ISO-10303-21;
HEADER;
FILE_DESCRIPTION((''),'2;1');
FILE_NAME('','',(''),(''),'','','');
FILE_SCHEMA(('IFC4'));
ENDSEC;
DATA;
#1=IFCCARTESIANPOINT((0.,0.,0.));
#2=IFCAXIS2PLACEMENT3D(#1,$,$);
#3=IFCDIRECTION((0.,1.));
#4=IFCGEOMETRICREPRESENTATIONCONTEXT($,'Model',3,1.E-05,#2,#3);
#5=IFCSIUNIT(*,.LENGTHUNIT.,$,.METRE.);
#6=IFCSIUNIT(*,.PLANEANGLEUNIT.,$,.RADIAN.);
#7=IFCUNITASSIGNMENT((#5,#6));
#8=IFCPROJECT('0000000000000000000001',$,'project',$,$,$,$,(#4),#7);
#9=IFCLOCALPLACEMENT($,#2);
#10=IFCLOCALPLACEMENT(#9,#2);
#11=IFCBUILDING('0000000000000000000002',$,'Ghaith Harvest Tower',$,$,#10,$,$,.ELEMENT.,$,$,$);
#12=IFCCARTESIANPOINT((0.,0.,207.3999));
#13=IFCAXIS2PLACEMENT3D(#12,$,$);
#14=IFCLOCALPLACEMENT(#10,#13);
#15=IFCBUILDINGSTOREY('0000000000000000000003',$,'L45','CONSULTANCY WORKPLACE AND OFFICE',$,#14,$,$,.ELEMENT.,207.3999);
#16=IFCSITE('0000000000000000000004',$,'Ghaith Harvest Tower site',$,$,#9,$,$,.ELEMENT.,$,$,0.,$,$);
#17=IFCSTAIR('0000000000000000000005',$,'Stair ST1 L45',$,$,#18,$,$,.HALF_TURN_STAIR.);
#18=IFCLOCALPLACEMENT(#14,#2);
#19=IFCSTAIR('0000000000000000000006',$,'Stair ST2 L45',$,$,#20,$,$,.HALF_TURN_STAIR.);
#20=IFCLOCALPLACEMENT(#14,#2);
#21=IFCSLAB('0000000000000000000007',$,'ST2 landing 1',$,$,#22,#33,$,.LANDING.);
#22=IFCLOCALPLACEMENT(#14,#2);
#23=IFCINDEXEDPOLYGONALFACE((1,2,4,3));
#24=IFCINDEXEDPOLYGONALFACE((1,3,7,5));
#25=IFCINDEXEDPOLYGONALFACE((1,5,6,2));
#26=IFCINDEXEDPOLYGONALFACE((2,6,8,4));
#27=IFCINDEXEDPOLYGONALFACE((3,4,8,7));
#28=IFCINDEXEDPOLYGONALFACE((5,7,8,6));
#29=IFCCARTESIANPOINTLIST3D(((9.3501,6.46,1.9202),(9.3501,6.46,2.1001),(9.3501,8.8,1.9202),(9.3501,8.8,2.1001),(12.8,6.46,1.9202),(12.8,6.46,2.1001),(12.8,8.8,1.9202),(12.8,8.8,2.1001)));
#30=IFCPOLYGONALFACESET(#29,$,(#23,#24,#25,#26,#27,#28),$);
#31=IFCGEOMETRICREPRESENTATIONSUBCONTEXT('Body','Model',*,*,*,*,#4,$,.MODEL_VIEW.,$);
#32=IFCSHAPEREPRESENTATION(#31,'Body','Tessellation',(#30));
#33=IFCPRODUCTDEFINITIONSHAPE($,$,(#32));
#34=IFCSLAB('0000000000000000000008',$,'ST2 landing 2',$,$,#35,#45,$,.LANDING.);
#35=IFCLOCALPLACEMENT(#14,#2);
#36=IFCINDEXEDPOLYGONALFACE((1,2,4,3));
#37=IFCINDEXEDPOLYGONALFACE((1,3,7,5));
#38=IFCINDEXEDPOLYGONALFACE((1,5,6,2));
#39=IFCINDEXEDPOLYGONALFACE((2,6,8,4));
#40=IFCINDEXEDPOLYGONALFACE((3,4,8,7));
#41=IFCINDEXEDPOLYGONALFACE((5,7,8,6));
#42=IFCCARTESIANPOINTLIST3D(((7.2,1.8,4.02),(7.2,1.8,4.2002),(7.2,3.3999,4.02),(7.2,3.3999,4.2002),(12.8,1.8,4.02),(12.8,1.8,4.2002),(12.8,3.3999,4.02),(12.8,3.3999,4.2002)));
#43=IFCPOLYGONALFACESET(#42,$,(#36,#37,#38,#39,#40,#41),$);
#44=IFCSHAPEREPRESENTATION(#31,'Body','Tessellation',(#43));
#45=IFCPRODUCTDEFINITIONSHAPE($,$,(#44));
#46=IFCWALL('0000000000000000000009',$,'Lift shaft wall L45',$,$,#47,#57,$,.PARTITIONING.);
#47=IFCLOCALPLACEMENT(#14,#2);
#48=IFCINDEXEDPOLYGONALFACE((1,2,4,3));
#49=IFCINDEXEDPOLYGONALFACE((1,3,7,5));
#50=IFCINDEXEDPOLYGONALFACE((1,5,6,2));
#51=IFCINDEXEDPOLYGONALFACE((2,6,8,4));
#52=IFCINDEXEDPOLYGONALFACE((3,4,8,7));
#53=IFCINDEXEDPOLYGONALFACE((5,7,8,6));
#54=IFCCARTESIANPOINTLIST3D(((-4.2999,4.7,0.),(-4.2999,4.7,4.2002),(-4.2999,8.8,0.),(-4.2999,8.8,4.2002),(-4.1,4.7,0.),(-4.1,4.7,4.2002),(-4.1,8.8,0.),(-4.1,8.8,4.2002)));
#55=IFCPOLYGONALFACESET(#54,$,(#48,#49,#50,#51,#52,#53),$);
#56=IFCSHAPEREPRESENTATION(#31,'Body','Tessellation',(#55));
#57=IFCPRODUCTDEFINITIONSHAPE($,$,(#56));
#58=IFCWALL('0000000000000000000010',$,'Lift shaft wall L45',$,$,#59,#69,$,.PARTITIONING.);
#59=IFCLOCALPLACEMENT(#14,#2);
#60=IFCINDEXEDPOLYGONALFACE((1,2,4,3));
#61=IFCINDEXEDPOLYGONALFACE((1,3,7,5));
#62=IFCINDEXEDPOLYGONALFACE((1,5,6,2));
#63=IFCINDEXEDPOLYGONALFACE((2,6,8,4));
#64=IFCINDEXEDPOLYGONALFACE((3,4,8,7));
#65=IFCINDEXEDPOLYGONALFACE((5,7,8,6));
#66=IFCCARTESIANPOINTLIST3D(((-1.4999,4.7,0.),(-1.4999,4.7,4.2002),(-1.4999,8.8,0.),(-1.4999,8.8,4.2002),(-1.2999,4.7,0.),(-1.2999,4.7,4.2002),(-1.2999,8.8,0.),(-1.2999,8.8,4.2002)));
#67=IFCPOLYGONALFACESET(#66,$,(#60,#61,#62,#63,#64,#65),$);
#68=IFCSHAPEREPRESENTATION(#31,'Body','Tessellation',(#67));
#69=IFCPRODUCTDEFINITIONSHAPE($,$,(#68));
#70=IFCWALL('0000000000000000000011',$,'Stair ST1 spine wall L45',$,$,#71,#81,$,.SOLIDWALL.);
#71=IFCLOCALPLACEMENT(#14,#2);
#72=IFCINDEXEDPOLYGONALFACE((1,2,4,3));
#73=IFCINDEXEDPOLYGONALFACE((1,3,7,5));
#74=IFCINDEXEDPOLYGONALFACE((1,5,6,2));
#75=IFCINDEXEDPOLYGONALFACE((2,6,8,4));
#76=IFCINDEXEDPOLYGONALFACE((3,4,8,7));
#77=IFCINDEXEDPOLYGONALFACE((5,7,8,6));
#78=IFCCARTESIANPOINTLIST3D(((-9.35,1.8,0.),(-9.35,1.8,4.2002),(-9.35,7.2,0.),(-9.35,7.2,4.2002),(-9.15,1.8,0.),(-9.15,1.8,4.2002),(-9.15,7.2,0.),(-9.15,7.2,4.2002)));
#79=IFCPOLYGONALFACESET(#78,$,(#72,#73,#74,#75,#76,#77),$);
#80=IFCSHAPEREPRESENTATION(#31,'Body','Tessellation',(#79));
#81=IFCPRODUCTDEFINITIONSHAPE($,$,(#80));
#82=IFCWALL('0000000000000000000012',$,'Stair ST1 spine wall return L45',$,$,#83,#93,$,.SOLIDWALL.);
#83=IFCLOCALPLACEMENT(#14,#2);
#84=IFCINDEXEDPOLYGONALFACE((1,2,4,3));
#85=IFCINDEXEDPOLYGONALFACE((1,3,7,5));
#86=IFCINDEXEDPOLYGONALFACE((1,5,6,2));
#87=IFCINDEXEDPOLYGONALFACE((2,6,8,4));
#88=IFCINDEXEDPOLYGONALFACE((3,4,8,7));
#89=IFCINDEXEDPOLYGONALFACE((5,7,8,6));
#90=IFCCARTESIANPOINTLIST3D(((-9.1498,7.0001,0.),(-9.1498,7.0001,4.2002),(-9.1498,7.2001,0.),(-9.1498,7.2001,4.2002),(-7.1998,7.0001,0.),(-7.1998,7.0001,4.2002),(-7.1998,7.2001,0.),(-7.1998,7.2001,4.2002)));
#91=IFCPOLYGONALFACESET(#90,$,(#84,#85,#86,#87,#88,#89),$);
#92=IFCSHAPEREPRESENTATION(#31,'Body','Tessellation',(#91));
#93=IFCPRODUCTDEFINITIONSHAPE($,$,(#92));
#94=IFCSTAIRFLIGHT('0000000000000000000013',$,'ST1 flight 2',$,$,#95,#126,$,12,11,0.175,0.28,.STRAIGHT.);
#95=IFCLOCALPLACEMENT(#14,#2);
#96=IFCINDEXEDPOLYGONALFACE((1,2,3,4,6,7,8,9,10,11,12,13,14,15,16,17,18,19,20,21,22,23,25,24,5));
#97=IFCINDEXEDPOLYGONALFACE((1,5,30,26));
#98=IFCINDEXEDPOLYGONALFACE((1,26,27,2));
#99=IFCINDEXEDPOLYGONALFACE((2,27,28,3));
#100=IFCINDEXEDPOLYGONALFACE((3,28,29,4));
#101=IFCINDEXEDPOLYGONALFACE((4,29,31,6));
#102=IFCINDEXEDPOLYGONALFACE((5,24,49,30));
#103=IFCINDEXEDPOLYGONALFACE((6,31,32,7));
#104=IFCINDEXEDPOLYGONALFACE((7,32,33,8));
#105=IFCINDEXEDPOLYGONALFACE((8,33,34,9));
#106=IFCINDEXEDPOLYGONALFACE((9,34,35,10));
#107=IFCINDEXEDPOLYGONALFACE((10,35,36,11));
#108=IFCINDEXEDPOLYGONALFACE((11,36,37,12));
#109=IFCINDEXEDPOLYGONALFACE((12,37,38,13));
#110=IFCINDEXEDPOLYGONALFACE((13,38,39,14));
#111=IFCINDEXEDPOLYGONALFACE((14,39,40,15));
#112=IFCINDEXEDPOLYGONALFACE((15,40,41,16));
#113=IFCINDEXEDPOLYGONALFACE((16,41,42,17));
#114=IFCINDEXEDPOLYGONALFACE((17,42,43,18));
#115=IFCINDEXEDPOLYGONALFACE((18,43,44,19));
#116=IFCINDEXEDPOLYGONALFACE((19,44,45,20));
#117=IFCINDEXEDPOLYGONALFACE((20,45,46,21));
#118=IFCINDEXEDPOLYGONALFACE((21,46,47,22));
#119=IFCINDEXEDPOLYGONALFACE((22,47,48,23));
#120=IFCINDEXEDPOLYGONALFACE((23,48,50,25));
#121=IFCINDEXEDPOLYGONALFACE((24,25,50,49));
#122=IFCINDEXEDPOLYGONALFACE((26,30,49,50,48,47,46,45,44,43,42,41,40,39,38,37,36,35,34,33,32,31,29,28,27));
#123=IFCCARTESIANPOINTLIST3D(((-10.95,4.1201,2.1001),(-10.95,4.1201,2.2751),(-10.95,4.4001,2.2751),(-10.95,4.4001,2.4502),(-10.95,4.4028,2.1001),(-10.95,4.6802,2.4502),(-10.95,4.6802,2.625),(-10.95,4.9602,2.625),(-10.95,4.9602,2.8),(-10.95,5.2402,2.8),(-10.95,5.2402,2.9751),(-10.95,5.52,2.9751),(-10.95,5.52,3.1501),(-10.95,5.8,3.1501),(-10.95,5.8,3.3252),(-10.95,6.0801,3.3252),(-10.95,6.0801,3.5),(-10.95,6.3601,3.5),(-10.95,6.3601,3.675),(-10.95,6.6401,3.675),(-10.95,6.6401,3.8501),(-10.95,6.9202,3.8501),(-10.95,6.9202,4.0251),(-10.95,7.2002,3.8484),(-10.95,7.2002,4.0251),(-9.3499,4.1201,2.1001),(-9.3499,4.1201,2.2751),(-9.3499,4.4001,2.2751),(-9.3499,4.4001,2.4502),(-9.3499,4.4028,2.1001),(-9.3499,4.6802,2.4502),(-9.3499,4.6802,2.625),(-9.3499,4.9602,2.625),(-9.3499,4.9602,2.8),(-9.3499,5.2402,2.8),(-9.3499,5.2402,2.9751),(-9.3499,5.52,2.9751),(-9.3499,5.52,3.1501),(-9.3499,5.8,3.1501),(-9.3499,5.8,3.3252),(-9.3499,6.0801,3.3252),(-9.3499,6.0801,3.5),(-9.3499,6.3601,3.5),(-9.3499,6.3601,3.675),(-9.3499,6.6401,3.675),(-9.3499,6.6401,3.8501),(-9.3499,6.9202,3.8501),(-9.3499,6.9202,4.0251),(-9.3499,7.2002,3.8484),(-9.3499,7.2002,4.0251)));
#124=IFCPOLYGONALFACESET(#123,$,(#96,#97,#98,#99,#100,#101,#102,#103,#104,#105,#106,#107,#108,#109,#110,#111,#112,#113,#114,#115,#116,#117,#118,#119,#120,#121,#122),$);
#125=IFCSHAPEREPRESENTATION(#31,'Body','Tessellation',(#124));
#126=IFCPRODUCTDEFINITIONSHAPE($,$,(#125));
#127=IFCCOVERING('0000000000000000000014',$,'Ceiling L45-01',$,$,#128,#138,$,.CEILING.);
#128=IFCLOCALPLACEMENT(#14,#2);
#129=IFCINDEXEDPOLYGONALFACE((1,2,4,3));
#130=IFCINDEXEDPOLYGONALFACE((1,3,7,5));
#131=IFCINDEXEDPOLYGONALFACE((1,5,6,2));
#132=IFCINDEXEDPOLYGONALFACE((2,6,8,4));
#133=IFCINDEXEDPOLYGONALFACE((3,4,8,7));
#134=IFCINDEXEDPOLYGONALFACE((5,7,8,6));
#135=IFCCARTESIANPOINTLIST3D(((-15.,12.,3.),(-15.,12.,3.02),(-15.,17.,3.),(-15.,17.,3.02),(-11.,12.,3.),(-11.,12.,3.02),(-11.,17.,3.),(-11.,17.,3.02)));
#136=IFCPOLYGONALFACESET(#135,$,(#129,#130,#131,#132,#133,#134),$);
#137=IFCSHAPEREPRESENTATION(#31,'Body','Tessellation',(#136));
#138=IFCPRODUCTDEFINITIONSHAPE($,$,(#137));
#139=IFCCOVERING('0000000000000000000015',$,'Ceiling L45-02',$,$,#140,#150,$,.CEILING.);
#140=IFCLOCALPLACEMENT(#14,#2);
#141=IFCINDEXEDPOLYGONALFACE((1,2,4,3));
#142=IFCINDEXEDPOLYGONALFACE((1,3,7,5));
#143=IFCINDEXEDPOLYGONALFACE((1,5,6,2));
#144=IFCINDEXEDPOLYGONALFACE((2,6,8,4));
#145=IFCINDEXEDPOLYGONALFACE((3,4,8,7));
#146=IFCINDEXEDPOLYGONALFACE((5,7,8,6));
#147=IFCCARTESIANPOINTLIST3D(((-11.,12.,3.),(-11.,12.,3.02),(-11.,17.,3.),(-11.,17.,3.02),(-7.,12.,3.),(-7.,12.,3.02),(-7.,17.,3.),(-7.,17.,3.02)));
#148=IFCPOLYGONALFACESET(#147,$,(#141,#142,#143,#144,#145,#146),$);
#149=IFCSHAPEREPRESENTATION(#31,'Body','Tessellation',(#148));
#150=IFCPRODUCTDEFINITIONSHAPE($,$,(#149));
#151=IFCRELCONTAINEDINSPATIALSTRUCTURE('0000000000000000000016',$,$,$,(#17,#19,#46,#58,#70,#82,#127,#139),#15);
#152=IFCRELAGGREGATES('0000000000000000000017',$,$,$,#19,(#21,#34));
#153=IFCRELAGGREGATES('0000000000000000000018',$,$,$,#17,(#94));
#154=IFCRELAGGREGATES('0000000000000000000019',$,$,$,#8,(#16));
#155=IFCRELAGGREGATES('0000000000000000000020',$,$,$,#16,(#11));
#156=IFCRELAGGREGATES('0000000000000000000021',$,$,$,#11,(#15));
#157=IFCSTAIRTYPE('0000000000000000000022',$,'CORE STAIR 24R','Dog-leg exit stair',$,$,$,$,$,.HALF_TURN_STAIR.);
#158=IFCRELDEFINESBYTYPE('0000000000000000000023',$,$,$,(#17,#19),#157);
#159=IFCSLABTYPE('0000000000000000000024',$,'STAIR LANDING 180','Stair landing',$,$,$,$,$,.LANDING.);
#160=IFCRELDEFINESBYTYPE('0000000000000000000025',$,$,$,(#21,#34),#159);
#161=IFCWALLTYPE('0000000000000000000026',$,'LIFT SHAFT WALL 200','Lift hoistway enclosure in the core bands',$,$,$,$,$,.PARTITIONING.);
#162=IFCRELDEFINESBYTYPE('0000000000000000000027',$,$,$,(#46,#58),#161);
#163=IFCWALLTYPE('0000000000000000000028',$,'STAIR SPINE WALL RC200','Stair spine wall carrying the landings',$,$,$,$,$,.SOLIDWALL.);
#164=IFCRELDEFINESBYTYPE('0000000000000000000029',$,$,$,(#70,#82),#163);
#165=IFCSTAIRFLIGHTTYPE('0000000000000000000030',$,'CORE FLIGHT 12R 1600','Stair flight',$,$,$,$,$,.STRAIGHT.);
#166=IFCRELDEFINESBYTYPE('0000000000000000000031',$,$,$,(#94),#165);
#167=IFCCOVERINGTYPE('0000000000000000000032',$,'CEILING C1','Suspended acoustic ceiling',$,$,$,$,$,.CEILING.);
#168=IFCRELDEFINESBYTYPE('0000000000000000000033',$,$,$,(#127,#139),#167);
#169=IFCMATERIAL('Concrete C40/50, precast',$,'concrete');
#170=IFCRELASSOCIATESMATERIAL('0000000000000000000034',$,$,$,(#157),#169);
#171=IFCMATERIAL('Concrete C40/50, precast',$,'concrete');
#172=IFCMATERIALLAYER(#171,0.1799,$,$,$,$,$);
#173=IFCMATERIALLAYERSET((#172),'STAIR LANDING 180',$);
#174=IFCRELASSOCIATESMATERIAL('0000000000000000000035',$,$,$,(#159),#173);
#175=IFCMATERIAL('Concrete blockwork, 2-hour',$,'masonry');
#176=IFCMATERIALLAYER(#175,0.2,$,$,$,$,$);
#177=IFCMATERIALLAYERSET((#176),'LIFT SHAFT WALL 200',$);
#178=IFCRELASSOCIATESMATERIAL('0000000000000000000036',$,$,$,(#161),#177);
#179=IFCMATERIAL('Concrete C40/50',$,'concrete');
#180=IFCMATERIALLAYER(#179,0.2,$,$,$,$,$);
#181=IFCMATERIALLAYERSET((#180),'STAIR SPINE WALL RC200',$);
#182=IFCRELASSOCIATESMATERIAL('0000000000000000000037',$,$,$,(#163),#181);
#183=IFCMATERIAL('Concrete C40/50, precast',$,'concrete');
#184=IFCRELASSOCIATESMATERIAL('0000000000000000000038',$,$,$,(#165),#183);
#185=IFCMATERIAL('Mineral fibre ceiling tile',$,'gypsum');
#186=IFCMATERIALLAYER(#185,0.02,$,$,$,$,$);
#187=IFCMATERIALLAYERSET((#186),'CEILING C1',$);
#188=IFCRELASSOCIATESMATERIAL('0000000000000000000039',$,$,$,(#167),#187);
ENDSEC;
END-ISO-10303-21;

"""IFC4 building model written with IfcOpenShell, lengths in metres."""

from ifc_helpers import new_model, si_unit, direction, frame, frame_2d, origin, place, context, subcontext, project, spatial, polyline, rectangle, outline, extrude, material, layer, layer_set, type_object, element, aggregate, save


model = new_model("IFC4")

# Units and contexts
model_context = context("Model", 3, precision=1e-05, world=origin(), true_north=direction((0.0, 1.0)))
body_context = subcontext(model_context, "Body", "Model", "MODEL_VIEW")
ifc_project = project(units=[si_unit("LENGTHUNIT", "METRE"), si_unit("PLANEANGLEUNIT", "RADIAN")], contexts=[model_context])

# Site, building, storey
site_placement = place(None, origin())
site = spatial("IfcSite", under=ifc_project, at=site_placement, Name="Ghaith Harvest Tower site", CompositionType="ELEMENT", RefElevation=0.0)
building_placement = place(site_placement, origin())
building = spatial("IfcBuilding", under=site, at=building_placement, Name="Ghaith Harvest Tower", CompositionType="ELEMENT")
storey_placement = place(building_placement, frame((0.0, 0.0, 207.3999)))
storey = spatial("IfcBuildingStorey", under=building, at=storey_placement, Name="L45", Description="CONSULTANCY WORKPLACE AND OFFICE", CompositionType="ELEMENT", Elevation=207.3999)

# Stairs, slabs
ifc_material_1 = material(Name="Concrete C40/50, precast", Category="concrete")
stair_type = type_object("IfcStairType", Name="CORE STAIR 24R", Description="Dog-leg exit stair", PredefinedType="HALF_TURN_STAIR", material=ifc_material_1)
stair_1_placement = place(storey_placement, origin())
stair_1 = element("IfcStair", 1, at=stair_1_placement, inside=storey, type_object=stair_type, Name="Stair ST1 L45", PredefinedType="HALF_TURN_STAIR")
ifc_material_2 = material(Name="Concrete C40/50, precast", Category="concrete")
ifc_layer_1 = layer(ifc_material_2, 0.1799)
ifc_layer_set_1 = layer_set([ifc_layer_1], Name="STAIR LANDING 180")
slab_type_1 = type_object("IfcSlabType", Name="STAIR LANDING 180", Description="Stair landing", PredefinedType="LANDING", material=ifc_layer_set_1)
stair_2_placement = place(storey_placement, origin())
stair_2 = element("IfcStair", 2, at=stair_2_placement, inside=storey, type_object=stair_type, Name="Stair ST2 L45", PredefinedType="HALF_TURN_STAIR")
slab_1_placement = place(storey_placement, frame((0.0, 0.0, 1.9202)))
slab_1 = element("IfcSlab", 3, at=slab_1_placement, type_object=slab_type_1, Name="ST2 landing 1", PredefinedType="LANDING", context=body_context, shape_type="SweptSolid", body=[
    extrude(outline(polyline([(12.8, 6.46), (12.8, 8.8), (9.3501, 8.8), (9.3501, 6.46), (12.8, 6.46)])), origin(), (0.0, 0.0, 1.0), 0.1799),
])
slab_2_placement = place(storey_placement, frame((0.0, 0.0, 4.02)))
slab_2 = element("IfcSlab", 4, at=slab_2_placement, type_object=slab_type_1, Name="ST2 landing 2", PredefinedType="LANDING", context=body_context, shape_type="SweptSolid", body=[
    extrude(outline(polyline([(12.8, 1.8), (12.8, 3.3999), (7.2, 3.3999), (7.2, 1.8), (12.8, 1.8)])), origin(), (0.0, 0.0, 1.0), 0.1802),
])
aggregate(stair_2, [slab_1, slab_2])

# Walls
ifc_material_3 = material(Name="Concrete blockwork, 2-hour", Category="masonry")
ifc_layer_2 = layer(ifc_material_3, 0.2)
ifc_layer_set_2 = layer_set([ifc_layer_2], Name="LIFT SHAFT WALL 200")
wall_type_1 = type_object("IfcWallType", Name="LIFT SHAFT WALL 200", Description="Lift hoistway enclosure in the core bands", PredefinedType="PARTITIONING", material=ifc_layer_set_2)
for number, where, z_axis, x_axis, name in (
    (5, (-4.2, 4.7, 0.0), (0.0, 0.0, 1.0), (0.0, 1.0, 0.0), "Lift shaft wall L45"),
    (6, (-1.3999, 4.7, 0.0), (0.0, 0.0, 1.0), (0.0, 1.0, 0.0), "Lift shaft wall L45"),
):
    element("IfcWall", number, at=place(storey_placement, frame(where, z_axis=z_axis, x_axis=x_axis)), inside=storey, type_object=wall_type_1, Name=name, PredefinedType="PARTITIONING", context=body_context, shape_type="SweptSolid", body=[
        extrude(rectangle(XDim=4.1001, YDim=0.2, at=frame_2d((2.05, 0.0))), origin(), (0.0, 0.0, 1.0), 4.2002),
    ])

# Walls
ifc_material_4 = material(Name="Concrete C40/50", Category="concrete")
ifc_layer_3 = layer(ifc_material_4, 0.2)
ifc_layer_set_3 = layer_set([ifc_layer_3], Name="STAIR SPINE WALL RC200")
wall_type_2 = type_object("IfcWallType", Name="STAIR SPINE WALL RC200", Description="Stair spine wall carrying the landings", PredefinedType="SOLIDWALL", material=ifc_layer_set_3)
wall_1_placement = place(storey_placement, frame((-9.25, 7.2, 0.0), z_axis=(0.0, 0.0, 1.0), x_axis=(0.0, -1.0, 0.0)))
element("IfcWall", 7, at=wall_1_placement, inside=storey, type_object=wall_type_2, Name="Stair ST1 spine wall L45", PredefinedType="SOLIDWALL", context=body_context, shape_type="SweptSolid", body=[
    extrude(rectangle(XDim=5.3999, YDim=0.2, at=frame_2d((2.7, 0.0))), origin(), (0.0, 0.0, 1.0), 4.2002),
])
wall_2_placement = place(storey_placement, frame((-9.1499, 7.1001, 0.0), z_axis=(0.0, 0.0, 1.0), x_axis=(1.0, 0.0, 0.0)))
element("IfcWall", 8, at=wall_2_placement, inside=storey, type_object=wall_type_2, Name="Stair ST1 spine wall return L45", PredefinedType="SOLIDWALL", context=body_context, shape_type="SweptSolid", body=[
    extrude(rectangle(XDim=1.95, YDim=0.2, at=frame_2d((0.9751, 0.0))), origin(), (0.0, 0.0, 1.0), 4.2002),
])

# Stair flight
ifc_material_5 = material(Name="Concrete C40/50, precast", Category="concrete")
stair_flight_type = type_object("IfcStairFlightType", Name="CORE FLIGHT 12R 1600", Description="Stair flight", PredefinedType="STRAIGHT", material=ifc_material_5)
stair_flight_placement = place(storey_placement, frame((-10.1499, 4.1201, 2.1001), z_axis=(0.0, 0.0, 1.0), x_axis=(0.0, 1.0, 0.0)))
stair_flight = element("IfcStairFlight", 9, at=stair_flight_placement, type_object=stair_flight_type, Name="ST1 flight 2", NumberOfRisers=12, NumberOfTreads=11, PredefinedType="STRAIGHT", RiserHeight=0.175, TreadLength=0.28, context=body_context, shape_type="SweptSolid", body=[
    extrude(outline(polyline([(0.0, 0.0), (0.0, 0.175), (0.28, 0.175), (0.28, 0.3501), (0.5601, 0.3501), (0.5601, 0.5249), (0.8401, 0.5249), (0.8401, 0.7), (1.1201, 0.7), (1.1201, 0.875), (1.3999, 0.875), (1.3999, 1.05), (1.6799, 1.05), (1.6799, 1.2251), (1.96, 1.2251), (1.96, 1.3999), (2.24, 1.3999), (2.24, 1.575), (2.52, 1.575), (2.52, 1.75), (2.8, 1.75), (2.8, 1.925), (3.0801, 1.925), (3.0801, 2.1001), (3.0801, 1.7483), (0.2827, 0.0), (0.0, 0.0)])), frame((0.0, 0.8, 0.0), z_axis=(0.0, -1.0, 0.0), x_axis=(1.0, 0.0, 0.0)), (0.0, 0.0, 1.0), 1.6001),
])
aggregate(stair_1, [stair_flight])

# Coverings
ifc_material_6 = material(Name="Mineral fibre ceiling tile", Category="gypsum")
ifc_layer_4 = layer(ifc_material_6, 0.02)
ifc_layer_set_4 = layer_set([ifc_layer_4], Name="CEILING C1")
covering_type = type_object("IfcCoveringType", Name="CEILING C1", Description="Suspended acoustic ceiling", PredefinedType="CEILING", material=ifc_layer_set_4)
covering_1_placement = place(storey_placement, frame((0.0, 0.0, 3.0)))
element("IfcCovering", 10, at=covering_1_placement, inside=storey, type_object=covering_type, Name="Ceiling L45-01", PredefinedType="CEILING", context=body_context, shape_type="SweptSolid", body=[
    extrude(outline(polyline([(-15.0, 12.0), (-11.0, 12.0), (-11.0, 17.0), (-15.0, 17.0), (-15.0, 12.0)])), origin(), (0.0, 0.0, 1.0), 0.02),
])
covering_2_placement = place(storey_placement, frame((0.0, 0.0, 3.0)))
element("IfcCovering", 11, at=covering_2_placement, inside=storey, type_object=covering_type, Name="Ceiling L45-02", PredefinedType="CEILING", context=body_context, shape_type="SweptSolid", body=[
    extrude(outline(polyline([(-11.0, 12.0), (-7.0, 12.0), (-7.0, 17.0), (-11.0, 17.0), (-11.0, 12.0)])), origin(), (0.0, 0.0, 1.0), 0.02),
])

save(model, "model.ifc")
